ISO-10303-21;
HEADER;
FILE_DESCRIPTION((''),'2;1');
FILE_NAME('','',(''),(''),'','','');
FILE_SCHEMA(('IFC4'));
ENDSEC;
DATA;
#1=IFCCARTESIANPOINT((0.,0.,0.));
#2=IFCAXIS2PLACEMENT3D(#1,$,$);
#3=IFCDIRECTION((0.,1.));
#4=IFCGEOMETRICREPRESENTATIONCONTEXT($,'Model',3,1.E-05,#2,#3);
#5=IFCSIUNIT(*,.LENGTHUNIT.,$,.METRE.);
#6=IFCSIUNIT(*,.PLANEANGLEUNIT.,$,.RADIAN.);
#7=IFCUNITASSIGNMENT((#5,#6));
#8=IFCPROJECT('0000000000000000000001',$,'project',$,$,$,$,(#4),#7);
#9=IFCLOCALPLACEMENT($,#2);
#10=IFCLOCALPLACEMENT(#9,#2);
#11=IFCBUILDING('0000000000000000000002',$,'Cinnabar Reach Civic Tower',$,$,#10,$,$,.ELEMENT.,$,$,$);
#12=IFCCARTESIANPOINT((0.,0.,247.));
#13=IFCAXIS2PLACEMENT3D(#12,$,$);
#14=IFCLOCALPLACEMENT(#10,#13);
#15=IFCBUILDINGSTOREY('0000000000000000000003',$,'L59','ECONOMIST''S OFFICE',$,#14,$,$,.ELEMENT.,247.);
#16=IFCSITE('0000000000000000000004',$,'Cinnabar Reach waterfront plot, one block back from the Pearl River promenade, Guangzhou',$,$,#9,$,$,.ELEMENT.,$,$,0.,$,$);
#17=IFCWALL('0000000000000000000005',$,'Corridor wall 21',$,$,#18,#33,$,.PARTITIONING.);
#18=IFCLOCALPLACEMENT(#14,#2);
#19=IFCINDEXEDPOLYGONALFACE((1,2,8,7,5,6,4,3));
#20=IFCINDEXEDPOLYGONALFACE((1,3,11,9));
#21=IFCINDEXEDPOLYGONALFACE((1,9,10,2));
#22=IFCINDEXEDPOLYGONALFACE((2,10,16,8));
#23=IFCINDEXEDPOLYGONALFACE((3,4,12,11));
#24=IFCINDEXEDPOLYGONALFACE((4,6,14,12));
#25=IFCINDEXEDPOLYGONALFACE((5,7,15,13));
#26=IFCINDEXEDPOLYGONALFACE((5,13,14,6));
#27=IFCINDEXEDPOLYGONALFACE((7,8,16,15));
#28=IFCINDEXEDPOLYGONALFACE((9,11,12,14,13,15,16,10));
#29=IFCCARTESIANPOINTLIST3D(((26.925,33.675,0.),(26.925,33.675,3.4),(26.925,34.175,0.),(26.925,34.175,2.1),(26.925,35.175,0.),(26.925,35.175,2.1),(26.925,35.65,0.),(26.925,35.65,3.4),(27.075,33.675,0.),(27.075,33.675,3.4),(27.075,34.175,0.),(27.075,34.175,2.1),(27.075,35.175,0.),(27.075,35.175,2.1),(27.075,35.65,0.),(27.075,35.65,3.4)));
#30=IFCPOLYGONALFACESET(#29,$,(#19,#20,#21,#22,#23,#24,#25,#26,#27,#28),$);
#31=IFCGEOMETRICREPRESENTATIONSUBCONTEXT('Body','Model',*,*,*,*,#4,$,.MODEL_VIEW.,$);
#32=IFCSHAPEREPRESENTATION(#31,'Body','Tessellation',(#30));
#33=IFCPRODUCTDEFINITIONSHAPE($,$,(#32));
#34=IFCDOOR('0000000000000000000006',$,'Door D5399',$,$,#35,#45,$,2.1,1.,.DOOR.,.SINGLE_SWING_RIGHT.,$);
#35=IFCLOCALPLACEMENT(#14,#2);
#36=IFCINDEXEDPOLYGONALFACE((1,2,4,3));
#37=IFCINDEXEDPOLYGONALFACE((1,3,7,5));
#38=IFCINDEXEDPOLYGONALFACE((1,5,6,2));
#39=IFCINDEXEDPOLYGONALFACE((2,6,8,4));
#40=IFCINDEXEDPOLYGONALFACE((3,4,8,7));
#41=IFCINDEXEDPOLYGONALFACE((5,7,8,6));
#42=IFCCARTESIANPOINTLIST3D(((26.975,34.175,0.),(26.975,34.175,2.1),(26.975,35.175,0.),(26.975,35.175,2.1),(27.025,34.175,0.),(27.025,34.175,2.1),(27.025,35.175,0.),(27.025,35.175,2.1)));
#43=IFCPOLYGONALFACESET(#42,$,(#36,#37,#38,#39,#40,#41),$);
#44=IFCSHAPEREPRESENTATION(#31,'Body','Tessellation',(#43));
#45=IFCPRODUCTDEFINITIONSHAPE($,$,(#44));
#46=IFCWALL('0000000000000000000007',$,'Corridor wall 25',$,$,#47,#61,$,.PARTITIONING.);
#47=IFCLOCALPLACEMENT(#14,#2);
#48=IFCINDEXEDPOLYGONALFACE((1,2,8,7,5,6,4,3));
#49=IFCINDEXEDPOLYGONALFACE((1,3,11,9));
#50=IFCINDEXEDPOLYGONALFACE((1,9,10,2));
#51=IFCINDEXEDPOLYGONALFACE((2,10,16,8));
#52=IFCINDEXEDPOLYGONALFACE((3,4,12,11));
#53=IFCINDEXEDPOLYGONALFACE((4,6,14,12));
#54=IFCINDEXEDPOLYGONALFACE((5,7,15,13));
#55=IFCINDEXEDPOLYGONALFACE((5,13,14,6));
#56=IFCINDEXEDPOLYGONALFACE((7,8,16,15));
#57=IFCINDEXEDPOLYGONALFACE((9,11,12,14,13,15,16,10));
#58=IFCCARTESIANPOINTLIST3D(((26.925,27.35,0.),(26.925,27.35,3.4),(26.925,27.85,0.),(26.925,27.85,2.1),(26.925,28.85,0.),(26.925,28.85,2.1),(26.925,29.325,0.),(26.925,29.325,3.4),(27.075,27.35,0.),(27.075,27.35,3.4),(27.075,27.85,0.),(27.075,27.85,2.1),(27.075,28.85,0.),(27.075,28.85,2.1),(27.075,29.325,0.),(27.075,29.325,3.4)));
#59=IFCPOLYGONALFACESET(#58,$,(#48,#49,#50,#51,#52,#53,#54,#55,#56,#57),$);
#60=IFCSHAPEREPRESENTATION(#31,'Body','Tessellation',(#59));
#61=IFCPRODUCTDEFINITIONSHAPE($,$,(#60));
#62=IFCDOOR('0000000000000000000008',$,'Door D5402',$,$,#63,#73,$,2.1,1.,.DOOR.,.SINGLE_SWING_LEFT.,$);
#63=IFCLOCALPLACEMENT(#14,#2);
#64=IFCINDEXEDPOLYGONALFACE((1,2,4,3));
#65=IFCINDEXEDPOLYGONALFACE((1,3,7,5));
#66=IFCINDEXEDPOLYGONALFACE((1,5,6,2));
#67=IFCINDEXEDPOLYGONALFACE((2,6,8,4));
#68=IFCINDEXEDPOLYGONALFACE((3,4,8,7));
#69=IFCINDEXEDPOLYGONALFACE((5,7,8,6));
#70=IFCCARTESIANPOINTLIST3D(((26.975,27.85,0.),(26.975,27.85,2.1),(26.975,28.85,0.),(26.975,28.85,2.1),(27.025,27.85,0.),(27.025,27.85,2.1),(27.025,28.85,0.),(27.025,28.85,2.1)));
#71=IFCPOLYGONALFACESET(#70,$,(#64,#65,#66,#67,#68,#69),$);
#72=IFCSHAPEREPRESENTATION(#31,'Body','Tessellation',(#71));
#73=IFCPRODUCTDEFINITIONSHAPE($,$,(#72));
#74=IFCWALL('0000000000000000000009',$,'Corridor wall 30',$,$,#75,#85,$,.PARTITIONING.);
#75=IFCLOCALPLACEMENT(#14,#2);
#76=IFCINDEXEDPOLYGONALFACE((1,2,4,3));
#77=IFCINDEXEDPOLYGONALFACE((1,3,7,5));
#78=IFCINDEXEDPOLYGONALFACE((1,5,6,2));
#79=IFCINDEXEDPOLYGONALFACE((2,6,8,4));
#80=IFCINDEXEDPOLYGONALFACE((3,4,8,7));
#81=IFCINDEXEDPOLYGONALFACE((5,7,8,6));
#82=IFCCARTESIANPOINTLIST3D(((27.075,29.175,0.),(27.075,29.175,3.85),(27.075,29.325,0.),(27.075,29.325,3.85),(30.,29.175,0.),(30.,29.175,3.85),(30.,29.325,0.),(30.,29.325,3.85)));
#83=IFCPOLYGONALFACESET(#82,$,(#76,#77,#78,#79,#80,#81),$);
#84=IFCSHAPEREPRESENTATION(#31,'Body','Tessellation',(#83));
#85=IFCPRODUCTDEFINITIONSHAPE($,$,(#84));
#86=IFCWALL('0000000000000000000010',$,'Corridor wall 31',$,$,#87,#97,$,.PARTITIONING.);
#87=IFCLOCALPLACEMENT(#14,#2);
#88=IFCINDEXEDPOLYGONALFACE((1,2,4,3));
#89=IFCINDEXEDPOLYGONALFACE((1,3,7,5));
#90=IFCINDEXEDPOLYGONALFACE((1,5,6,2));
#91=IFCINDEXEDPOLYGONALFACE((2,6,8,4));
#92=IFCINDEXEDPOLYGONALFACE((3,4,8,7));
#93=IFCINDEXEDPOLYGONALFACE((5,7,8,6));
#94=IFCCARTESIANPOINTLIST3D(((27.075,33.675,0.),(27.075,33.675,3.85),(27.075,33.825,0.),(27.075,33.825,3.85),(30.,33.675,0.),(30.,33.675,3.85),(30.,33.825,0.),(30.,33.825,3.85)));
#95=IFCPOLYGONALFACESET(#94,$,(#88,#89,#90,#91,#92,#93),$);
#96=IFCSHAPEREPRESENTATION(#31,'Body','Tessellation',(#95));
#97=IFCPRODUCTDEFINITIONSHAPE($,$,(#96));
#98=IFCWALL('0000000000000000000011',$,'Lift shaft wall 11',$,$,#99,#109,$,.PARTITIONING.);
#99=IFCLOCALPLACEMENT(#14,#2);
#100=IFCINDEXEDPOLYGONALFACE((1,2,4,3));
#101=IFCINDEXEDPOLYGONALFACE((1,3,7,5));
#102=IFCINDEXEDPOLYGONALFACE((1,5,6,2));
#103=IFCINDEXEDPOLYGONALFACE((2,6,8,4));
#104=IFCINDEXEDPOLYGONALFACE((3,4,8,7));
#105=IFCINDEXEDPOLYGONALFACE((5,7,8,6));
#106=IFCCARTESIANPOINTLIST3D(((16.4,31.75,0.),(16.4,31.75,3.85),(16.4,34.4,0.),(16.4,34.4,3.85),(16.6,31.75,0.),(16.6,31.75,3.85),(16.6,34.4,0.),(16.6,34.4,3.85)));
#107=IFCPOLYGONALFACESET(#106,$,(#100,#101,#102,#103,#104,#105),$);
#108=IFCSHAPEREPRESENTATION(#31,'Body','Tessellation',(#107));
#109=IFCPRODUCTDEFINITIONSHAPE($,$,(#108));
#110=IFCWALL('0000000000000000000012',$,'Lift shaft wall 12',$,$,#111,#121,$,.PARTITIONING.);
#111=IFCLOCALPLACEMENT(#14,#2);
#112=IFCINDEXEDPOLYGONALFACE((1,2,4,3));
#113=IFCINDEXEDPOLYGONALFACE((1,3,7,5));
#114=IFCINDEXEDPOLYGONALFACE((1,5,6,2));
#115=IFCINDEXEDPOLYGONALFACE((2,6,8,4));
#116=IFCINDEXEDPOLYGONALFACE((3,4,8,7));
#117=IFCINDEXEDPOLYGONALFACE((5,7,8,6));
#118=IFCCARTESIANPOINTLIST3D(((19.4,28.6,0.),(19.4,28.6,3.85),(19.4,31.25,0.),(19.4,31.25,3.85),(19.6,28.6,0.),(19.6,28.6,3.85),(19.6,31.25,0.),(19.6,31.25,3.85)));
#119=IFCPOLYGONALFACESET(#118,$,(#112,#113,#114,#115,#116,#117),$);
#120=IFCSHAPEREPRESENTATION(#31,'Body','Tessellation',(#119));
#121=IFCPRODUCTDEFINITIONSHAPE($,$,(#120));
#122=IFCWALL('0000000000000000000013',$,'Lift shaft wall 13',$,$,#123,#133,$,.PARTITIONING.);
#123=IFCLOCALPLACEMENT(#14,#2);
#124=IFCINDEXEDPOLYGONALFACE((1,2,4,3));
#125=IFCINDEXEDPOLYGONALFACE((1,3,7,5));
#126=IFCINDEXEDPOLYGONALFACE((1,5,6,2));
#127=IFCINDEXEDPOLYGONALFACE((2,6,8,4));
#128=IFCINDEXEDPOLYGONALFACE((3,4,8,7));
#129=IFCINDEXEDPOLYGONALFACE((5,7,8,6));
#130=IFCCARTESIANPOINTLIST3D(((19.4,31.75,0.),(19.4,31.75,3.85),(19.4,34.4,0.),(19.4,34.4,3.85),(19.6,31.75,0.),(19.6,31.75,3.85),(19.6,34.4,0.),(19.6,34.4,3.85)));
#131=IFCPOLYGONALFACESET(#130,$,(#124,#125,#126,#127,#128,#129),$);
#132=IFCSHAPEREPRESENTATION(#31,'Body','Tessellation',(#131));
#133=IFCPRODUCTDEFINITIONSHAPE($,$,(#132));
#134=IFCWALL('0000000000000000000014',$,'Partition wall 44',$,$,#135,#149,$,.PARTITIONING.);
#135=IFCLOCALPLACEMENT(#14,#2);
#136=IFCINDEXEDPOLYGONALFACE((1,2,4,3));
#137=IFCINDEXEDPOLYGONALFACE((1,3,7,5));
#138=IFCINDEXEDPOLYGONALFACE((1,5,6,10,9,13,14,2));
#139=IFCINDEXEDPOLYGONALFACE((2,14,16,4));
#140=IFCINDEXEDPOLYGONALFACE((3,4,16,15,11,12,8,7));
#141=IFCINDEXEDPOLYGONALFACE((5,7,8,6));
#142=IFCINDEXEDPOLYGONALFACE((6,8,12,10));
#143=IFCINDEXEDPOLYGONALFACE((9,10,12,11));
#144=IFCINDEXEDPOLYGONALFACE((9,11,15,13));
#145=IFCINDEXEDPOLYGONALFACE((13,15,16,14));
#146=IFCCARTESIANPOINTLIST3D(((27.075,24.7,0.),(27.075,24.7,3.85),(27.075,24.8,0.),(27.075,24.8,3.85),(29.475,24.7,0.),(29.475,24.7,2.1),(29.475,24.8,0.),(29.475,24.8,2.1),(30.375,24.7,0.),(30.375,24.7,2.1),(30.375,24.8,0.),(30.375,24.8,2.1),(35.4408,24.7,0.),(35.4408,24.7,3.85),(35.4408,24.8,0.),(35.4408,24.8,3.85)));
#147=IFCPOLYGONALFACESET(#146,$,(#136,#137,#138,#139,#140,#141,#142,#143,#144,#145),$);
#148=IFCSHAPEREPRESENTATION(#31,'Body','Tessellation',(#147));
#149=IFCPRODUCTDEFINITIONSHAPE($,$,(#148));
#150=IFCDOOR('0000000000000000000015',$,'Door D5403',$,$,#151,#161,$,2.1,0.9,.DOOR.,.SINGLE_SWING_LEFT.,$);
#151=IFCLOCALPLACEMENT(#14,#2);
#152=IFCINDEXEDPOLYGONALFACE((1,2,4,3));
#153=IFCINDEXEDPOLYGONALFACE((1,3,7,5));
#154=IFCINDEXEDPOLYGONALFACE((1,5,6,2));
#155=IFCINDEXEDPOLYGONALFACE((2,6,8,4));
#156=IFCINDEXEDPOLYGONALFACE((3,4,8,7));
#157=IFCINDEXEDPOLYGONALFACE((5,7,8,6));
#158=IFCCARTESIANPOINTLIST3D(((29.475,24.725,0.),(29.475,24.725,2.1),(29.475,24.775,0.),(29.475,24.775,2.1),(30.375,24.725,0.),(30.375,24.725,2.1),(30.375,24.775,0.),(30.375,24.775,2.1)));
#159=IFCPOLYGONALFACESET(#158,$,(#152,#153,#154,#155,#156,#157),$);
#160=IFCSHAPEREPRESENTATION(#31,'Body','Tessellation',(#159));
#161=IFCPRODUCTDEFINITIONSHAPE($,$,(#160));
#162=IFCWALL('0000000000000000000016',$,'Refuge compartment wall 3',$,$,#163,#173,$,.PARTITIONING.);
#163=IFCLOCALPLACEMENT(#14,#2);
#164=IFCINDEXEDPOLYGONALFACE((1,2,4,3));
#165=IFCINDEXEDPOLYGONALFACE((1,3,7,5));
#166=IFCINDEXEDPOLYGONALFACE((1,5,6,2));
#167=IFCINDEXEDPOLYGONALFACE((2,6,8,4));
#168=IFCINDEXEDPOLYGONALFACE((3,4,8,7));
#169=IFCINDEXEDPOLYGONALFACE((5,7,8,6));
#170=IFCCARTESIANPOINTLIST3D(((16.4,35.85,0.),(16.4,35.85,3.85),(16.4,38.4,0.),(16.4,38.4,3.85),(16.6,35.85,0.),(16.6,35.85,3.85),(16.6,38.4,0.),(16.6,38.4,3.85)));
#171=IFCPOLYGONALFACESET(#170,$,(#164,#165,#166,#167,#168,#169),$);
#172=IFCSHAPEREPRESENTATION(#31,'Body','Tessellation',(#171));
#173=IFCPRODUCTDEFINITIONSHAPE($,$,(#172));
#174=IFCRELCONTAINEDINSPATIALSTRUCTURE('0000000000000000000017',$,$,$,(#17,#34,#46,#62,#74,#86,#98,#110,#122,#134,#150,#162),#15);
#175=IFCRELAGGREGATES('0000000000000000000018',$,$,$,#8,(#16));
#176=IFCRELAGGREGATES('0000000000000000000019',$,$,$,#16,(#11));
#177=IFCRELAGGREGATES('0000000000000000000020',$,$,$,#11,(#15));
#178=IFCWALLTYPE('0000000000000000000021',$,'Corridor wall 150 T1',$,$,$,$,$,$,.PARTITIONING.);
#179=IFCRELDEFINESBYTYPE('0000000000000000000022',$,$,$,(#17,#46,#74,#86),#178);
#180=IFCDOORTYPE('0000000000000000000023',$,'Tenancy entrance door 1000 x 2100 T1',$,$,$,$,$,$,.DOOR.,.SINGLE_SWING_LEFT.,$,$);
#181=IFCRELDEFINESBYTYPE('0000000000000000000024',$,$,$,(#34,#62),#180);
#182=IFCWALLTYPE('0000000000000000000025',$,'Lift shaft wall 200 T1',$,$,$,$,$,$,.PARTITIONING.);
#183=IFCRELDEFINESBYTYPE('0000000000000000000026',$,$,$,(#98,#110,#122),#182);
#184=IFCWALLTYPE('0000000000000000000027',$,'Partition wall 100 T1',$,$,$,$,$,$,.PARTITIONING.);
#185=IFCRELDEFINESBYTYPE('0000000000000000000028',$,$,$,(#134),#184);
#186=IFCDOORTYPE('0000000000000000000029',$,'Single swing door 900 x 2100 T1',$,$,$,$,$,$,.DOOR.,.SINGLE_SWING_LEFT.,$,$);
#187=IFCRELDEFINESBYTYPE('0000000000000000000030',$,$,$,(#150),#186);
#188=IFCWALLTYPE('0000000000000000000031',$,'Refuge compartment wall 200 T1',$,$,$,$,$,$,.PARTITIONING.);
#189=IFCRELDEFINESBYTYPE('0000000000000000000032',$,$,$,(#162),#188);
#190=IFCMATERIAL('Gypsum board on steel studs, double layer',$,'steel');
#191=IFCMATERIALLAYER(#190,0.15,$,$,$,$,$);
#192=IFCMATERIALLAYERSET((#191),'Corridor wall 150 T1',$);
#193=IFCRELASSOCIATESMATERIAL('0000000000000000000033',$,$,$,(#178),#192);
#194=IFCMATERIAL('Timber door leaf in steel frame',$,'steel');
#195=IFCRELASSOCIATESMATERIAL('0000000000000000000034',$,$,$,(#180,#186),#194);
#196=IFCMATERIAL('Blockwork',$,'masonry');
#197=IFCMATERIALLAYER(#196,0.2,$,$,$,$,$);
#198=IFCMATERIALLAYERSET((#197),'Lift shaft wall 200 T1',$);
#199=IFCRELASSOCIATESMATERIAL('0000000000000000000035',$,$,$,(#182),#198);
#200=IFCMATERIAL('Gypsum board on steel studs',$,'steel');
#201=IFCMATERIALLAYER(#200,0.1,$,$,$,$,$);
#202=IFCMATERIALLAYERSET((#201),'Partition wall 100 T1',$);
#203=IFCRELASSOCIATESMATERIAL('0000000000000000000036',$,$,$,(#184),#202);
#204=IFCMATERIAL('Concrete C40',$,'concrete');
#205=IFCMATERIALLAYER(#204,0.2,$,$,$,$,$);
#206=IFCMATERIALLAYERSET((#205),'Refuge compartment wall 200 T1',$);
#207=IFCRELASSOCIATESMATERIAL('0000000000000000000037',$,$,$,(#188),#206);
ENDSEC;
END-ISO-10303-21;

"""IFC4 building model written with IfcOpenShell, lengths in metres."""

from ifc_helpers import new_model, si_unit, direction, frame, frame_2d, origin, place, context, subcontext, project, spatial, rectangle, extrude, material, layer, layer_set, type_object, element, fill, save


model = new_model("IFC4")

# Units and contexts
model_context = context("Model", 3, precision=1e-05, world=origin(), true_north=direction((0.0, 1.0)))
body_context = subcontext(model_context, "Body", "Model", "MODEL_VIEW")
ifc_project = project(units=[si_unit("LENGTHUNIT", "METRE"), si_unit("PLANEANGLEUNIT", "RADIAN")], contexts=[model_context])

# Site, building, storey
site_placement = place(None, origin())
site = spatial("IfcSite", under=ifc_project, at=site_placement, Name="Cinnabar Reach waterfront plot, one block back from the Pearl River promenade, Guangzhou", CompositionType="ELEMENT", RefElevation=0.0)
building_placement = place(site_placement, origin())
building = spatial("IfcBuilding", under=site, at=building_placement, Name="Cinnabar Reach Civic Tower", CompositionType="ELEMENT")
storey_placement = place(building_placement, frame((0.0, 0.0, 247.0)))
storey = spatial("IfcBuildingStorey", under=building, at=storey_placement, Name="L59", Description="ECONOMIST'S OFFICE", CompositionType="ELEMENT", Elevation=247.0)

# Shared definitions
ifc_material_1 = material(Name="Timber door leaf in steel frame", Category="steel")

# Walls, openings, doors
ifc_material_2 = material(Name="Gypsum board on steel studs, double layer", Category="steel")
ifc_layer_1 = layer(ifc_material_2, 0.15)
ifc_layer_set_1 = layer_set([ifc_layer_1], Name="Corridor wall 150 T1")
wall_type_1 = type_object("IfcWallType", Name="Corridor wall 150 T1", PredefinedType="PARTITIONING", material=ifc_layer_set_1)
wall_1_placement = place(storey_placement, frame((27.0, 33.675, 0.0), z_axis=(0.0, 0.0, 1.0), x_axis=(0.0, 1.0, 0.0)))
wall_1 = element("IfcWall", 1, at=wall_1_placement, inside=storey, type_object=wall_type_1, Name="Corridor wall 21", PredefinedType="PARTITIONING", context=body_context, shape_type="SweptSolid", body=[
    extrude(rectangle(XDim=1.975, YDim=0.15, at=frame_2d((0.9875, 0.0))), origin(), (0.0, 0.0, 1.0), 3.4),
])
opening_1_placement = place(wall_1_placement, frame((0.5, 0.0, 0.0)))
opening_1 = element("IfcOpeningElement", 2, at=opening_1_placement, cuts=wall_1, PredefinedType="OPENING", context=body_context, shape_type="SweptSolid", body=[
    extrude(rectangle(XDim=1.0, YDim=2.1, at=frame_2d((0.5, 1.05))), frame((0.0, 0.085, 0.0), z_axis=(0.0, -1.0, 0.0), x_axis=(1.0, 0.0, 0.0)), (0.0, 0.0, 1.0), 0.17),
])
door_type_1 = type_object("IfcDoorType", Name="Tenancy entrance door 1000 x 2100 T1", OperationType="SINGLE_SWING_LEFT", PredefinedType="DOOR", material=ifc_material_1)
door_1_placement = place(opening_1_placement, frame((1.0, 0.0, 0.0), z_axis=(0.0, 0.0, 1.0), x_axis=(-1.0, 0.0, 0.0)))
door_1 = element("IfcDoor", 3, at=door_1_placement, inside=storey, type_object=door_type_1, Name="Door D5399", OperationType="SINGLE_SWING_RIGHT", OverallHeight=2.1, OverallWidth=1.0, PredefinedType="DOOR", context=body_context, shape_type="SweptSolid", body=[
    extrude(rectangle(XDim=1.0, YDim=2.1, at=frame_2d((0.5, 1.05))), frame((0.0, 0.025, 0.0), z_axis=(0.0, -1.0, 0.0), x_axis=(1.0, 0.0, 0.0)), (0.0, 0.0, 1.0), 0.05),
])
fill(opening_1, door_1)
wall_2_placement = place(storey_placement, frame((27.0, 27.35, 0.0), z_axis=(0.0, 0.0, 1.0), x_axis=(0.0, 1.0, 0.0)))
wall_2 = element("IfcWall", 4, at=wall_2_placement, inside=storey, type_object=wall_type_1, Name="Corridor wall 25", PredefinedType="PARTITIONING", context=body_context, shape_type="SweptSolid", body=[
    extrude(rectangle(XDim=1.975, YDim=0.15, at=frame_2d((0.9875, 0.0))), origin(), (0.0, 0.0, 1.0), 3.4),
])
opening_2_placement = place(wall_2_placement, frame((0.5, 0.0, 0.0)))
opening_2 = element("IfcOpeningElement", 5, at=opening_2_placement, cuts=wall_2, PredefinedType="OPENING", context=body_context, shape_type="SweptSolid", body=[
    extrude(rectangle(XDim=1.0, YDim=2.1, at=frame_2d((0.5, 1.05))), frame((0.0, 0.085, 0.0), z_axis=(0.0, -1.0, 0.0), x_axis=(1.0, 0.0, 0.0)), (0.0, 0.0, 1.0), 0.17),
])
door_2_placement = place(opening_2_placement, frame((1.0, 0.0, 0.0), z_axis=(0.0, 0.0, 1.0), x_axis=(-1.0, 0.0, 0.0)))
door_2 = element("IfcDoor", 6, at=door_2_placement, inside=storey, type_object=door_type_1, Name="Door D5402", OperationType="SINGLE_SWING_LEFT", OverallHeight=2.1, OverallWidth=1.0, PredefinedType="DOOR", context=body_context, shape_type="SweptSolid", body=[
    extrude(rectangle(XDim=1.0, YDim=2.1, at=frame_2d((0.5, 1.05))), frame((0.0, 0.025, 0.0), z_axis=(0.0, -1.0, 0.0), x_axis=(1.0, 0.0, 0.0)), (0.0, 0.0, 1.0), 0.05),
])
fill(opening_2, door_2)

# Walls
for number, where, z_axis, x_axis, name in (
    (7, (27.075, 29.25, 0.0), (0.0, 0.0, 1.0), (1.0, 0.0, 0.0), "Corridor wall 30"),
    (8, (27.075, 33.75, 0.0), (0.0, 0.0, 1.0), (1.0, 0.0, 0.0), "Corridor wall 31"),
):
    element("IfcWall", number, at=place(storey_placement, frame(where, z_axis=z_axis, x_axis=x_axis)), inside=storey, type_object=wall_type_1, Name=name, PredefinedType="PARTITIONING", context=body_context, shape_type="SweptSolid", body=[
        extrude(rectangle(XDim=2.925, YDim=0.15, at=frame_2d((1.4625, 0.0))), origin(), (0.0, 0.0, 1.0), 3.85),
    ])
ifc_material_3 = material(Name="Blockwork", Category="masonry")
ifc_layer_2 = layer(ifc_material_3, 0.2)
ifc_layer_set_2 = layer_set([ifc_layer_2], Name="Lift shaft wall 200 T1")
wall_type_2 = type_object("IfcWallType", Name="Lift shaft wall 200 T1", PredefinedType="PARTITIONING", material=ifc_layer_set_2)
for number, where, z_axis, x_axis, name in (
    (9, (16.5, 31.75, 0.0), (0.0, 0.0, 1.0), (0.0, 1.0, 0.0), "Lift shaft wall 11"),
    (10, (19.5, 28.6, 0.0), (0.0, 0.0, 1.0), (0.0, 1.0, 0.0), "Lift shaft wall 12"),
    (11, (19.5, 31.75, 0.0), (0.0, 0.0, 1.0), (0.0, 1.0, 0.0), "Lift shaft wall 13"),
):
    element("IfcWall", number, at=place(storey_placement, frame(where, z_axis=z_axis, x_axis=x_axis)), inside=storey, type_object=wall_type_2, Name=name, PredefinedType="PARTITIONING", context=body_context, shape_type="SweptSolid", body=[
        extrude(rectangle(XDim=2.65, YDim=0.2, at=frame_2d((1.325, 0.0))), origin(), (0.0, 0.0, 1.0), 3.85),
    ])

# Wall, opening, door
ifc_material_4 = material(Name="Gypsum board on steel studs", Category="steel")
ifc_layer_3 = layer(ifc_material_4, 0.1)
ifc_layer_set_3 = layer_set([ifc_layer_3], Name="Partition wall 100 T1")
wall_type_3 = type_object("IfcWallType", Name="Partition wall 100 T1", PredefinedType="PARTITIONING", material=ifc_layer_set_3)
wall_3_placement = place(storey_placement, frame((27.075, 24.75, 0.0), z_axis=(0.0, 0.0, 1.0), x_axis=(1.0, 0.0, 0.0)))
wall_3 = element("IfcWall", 12, at=wall_3_placement, inside=storey, type_object=wall_type_3, Name="Partition wall 44", PredefinedType="PARTITIONING", context=body_context, shape_type="SweptSolid", body=[
    extrude(rectangle(XDim=8.3659, YDim=0.1, at=frame_2d((4.1829, 0.0))), origin(), (0.0, 0.0, 1.0), 3.85),
])
opening_3_placement = place(wall_3_placement, frame((2.4, 0.0, 0.0)))
opening_3 = element("IfcOpeningElement", 13, at=opening_3_placement, cuts=wall_3, PredefinedType="OPENING", context=body_context, shape_type="SweptSolid", body=[
    extrude(rectangle(XDim=0.9, YDim=2.1, at=frame_2d((0.45, 1.05))), frame((0.0, 0.06, 0.0), z_axis=(0.0, -1.0, 0.0), x_axis=(1.0, 0.0, 0.0)), (0.0, 0.0, 1.0), 0.12),
])
door_type_2 = type_object("IfcDoorType", Name="Single swing door 900 x 2100 T1", OperationType="SINGLE_SWING_LEFT", PredefinedType="DOOR", material=ifc_material_1)
door_3_placement = place(opening_3_placement, frame((0.9, 0.0, 0.0), z_axis=(0.0, 0.0, 1.0), x_axis=(-1.0, 0.0, 0.0)))
door_3 = element("IfcDoor", 14, at=door_3_placement, inside=storey, type_object=door_type_2, Name="Door D5403", OperationType="SINGLE_SWING_LEFT", OverallHeight=2.1, OverallWidth=0.9, PredefinedType="DOOR", context=body_context, shape_type="SweptSolid", body=[
    extrude(rectangle(XDim=0.9, YDim=2.1, at=frame_2d((0.45, 1.05))), frame((0.0, 0.025, 0.0), z_axis=(0.0, -1.0, 0.0), x_axis=(1.0, 0.0, 0.0)), (0.0, 0.0, 1.0), 0.05),
])
fill(opening_3, door_3)

# Wall
ifc_material_5 = material(Name="Concrete C40", Category="concrete")
ifc_layer_4 = layer(ifc_material_5, 0.2)
ifc_layer_set_4 = layer_set([ifc_layer_4], Name="Refuge compartment wall 200 T1")
wall_type_4 = type_object("IfcWallType", Name="Refuge compartment wall 200 T1", PredefinedType="PARTITIONING", material=ifc_layer_set_4)
wall_4_placement = place(storey_placement, frame((16.5, 35.85, 0.0), z_axis=(0.0, 0.0, 1.0), x_axis=(0.0, 1.0, 0.0)))
element("IfcWall", 15, at=wall_4_placement, inside=storey, type_object=wall_type_4, Name="Refuge compartment wall 3", PredefinedType="PARTITIONING", context=body_context, shape_type="SweptSolid", body=[
    extrude(rectangle(XDim=2.55, YDim=0.2, at=frame_2d((1.275, 0.0))), origin(), (0.0, 0.0, 1.0), 3.85),
])

save(model, "model.ifc")
